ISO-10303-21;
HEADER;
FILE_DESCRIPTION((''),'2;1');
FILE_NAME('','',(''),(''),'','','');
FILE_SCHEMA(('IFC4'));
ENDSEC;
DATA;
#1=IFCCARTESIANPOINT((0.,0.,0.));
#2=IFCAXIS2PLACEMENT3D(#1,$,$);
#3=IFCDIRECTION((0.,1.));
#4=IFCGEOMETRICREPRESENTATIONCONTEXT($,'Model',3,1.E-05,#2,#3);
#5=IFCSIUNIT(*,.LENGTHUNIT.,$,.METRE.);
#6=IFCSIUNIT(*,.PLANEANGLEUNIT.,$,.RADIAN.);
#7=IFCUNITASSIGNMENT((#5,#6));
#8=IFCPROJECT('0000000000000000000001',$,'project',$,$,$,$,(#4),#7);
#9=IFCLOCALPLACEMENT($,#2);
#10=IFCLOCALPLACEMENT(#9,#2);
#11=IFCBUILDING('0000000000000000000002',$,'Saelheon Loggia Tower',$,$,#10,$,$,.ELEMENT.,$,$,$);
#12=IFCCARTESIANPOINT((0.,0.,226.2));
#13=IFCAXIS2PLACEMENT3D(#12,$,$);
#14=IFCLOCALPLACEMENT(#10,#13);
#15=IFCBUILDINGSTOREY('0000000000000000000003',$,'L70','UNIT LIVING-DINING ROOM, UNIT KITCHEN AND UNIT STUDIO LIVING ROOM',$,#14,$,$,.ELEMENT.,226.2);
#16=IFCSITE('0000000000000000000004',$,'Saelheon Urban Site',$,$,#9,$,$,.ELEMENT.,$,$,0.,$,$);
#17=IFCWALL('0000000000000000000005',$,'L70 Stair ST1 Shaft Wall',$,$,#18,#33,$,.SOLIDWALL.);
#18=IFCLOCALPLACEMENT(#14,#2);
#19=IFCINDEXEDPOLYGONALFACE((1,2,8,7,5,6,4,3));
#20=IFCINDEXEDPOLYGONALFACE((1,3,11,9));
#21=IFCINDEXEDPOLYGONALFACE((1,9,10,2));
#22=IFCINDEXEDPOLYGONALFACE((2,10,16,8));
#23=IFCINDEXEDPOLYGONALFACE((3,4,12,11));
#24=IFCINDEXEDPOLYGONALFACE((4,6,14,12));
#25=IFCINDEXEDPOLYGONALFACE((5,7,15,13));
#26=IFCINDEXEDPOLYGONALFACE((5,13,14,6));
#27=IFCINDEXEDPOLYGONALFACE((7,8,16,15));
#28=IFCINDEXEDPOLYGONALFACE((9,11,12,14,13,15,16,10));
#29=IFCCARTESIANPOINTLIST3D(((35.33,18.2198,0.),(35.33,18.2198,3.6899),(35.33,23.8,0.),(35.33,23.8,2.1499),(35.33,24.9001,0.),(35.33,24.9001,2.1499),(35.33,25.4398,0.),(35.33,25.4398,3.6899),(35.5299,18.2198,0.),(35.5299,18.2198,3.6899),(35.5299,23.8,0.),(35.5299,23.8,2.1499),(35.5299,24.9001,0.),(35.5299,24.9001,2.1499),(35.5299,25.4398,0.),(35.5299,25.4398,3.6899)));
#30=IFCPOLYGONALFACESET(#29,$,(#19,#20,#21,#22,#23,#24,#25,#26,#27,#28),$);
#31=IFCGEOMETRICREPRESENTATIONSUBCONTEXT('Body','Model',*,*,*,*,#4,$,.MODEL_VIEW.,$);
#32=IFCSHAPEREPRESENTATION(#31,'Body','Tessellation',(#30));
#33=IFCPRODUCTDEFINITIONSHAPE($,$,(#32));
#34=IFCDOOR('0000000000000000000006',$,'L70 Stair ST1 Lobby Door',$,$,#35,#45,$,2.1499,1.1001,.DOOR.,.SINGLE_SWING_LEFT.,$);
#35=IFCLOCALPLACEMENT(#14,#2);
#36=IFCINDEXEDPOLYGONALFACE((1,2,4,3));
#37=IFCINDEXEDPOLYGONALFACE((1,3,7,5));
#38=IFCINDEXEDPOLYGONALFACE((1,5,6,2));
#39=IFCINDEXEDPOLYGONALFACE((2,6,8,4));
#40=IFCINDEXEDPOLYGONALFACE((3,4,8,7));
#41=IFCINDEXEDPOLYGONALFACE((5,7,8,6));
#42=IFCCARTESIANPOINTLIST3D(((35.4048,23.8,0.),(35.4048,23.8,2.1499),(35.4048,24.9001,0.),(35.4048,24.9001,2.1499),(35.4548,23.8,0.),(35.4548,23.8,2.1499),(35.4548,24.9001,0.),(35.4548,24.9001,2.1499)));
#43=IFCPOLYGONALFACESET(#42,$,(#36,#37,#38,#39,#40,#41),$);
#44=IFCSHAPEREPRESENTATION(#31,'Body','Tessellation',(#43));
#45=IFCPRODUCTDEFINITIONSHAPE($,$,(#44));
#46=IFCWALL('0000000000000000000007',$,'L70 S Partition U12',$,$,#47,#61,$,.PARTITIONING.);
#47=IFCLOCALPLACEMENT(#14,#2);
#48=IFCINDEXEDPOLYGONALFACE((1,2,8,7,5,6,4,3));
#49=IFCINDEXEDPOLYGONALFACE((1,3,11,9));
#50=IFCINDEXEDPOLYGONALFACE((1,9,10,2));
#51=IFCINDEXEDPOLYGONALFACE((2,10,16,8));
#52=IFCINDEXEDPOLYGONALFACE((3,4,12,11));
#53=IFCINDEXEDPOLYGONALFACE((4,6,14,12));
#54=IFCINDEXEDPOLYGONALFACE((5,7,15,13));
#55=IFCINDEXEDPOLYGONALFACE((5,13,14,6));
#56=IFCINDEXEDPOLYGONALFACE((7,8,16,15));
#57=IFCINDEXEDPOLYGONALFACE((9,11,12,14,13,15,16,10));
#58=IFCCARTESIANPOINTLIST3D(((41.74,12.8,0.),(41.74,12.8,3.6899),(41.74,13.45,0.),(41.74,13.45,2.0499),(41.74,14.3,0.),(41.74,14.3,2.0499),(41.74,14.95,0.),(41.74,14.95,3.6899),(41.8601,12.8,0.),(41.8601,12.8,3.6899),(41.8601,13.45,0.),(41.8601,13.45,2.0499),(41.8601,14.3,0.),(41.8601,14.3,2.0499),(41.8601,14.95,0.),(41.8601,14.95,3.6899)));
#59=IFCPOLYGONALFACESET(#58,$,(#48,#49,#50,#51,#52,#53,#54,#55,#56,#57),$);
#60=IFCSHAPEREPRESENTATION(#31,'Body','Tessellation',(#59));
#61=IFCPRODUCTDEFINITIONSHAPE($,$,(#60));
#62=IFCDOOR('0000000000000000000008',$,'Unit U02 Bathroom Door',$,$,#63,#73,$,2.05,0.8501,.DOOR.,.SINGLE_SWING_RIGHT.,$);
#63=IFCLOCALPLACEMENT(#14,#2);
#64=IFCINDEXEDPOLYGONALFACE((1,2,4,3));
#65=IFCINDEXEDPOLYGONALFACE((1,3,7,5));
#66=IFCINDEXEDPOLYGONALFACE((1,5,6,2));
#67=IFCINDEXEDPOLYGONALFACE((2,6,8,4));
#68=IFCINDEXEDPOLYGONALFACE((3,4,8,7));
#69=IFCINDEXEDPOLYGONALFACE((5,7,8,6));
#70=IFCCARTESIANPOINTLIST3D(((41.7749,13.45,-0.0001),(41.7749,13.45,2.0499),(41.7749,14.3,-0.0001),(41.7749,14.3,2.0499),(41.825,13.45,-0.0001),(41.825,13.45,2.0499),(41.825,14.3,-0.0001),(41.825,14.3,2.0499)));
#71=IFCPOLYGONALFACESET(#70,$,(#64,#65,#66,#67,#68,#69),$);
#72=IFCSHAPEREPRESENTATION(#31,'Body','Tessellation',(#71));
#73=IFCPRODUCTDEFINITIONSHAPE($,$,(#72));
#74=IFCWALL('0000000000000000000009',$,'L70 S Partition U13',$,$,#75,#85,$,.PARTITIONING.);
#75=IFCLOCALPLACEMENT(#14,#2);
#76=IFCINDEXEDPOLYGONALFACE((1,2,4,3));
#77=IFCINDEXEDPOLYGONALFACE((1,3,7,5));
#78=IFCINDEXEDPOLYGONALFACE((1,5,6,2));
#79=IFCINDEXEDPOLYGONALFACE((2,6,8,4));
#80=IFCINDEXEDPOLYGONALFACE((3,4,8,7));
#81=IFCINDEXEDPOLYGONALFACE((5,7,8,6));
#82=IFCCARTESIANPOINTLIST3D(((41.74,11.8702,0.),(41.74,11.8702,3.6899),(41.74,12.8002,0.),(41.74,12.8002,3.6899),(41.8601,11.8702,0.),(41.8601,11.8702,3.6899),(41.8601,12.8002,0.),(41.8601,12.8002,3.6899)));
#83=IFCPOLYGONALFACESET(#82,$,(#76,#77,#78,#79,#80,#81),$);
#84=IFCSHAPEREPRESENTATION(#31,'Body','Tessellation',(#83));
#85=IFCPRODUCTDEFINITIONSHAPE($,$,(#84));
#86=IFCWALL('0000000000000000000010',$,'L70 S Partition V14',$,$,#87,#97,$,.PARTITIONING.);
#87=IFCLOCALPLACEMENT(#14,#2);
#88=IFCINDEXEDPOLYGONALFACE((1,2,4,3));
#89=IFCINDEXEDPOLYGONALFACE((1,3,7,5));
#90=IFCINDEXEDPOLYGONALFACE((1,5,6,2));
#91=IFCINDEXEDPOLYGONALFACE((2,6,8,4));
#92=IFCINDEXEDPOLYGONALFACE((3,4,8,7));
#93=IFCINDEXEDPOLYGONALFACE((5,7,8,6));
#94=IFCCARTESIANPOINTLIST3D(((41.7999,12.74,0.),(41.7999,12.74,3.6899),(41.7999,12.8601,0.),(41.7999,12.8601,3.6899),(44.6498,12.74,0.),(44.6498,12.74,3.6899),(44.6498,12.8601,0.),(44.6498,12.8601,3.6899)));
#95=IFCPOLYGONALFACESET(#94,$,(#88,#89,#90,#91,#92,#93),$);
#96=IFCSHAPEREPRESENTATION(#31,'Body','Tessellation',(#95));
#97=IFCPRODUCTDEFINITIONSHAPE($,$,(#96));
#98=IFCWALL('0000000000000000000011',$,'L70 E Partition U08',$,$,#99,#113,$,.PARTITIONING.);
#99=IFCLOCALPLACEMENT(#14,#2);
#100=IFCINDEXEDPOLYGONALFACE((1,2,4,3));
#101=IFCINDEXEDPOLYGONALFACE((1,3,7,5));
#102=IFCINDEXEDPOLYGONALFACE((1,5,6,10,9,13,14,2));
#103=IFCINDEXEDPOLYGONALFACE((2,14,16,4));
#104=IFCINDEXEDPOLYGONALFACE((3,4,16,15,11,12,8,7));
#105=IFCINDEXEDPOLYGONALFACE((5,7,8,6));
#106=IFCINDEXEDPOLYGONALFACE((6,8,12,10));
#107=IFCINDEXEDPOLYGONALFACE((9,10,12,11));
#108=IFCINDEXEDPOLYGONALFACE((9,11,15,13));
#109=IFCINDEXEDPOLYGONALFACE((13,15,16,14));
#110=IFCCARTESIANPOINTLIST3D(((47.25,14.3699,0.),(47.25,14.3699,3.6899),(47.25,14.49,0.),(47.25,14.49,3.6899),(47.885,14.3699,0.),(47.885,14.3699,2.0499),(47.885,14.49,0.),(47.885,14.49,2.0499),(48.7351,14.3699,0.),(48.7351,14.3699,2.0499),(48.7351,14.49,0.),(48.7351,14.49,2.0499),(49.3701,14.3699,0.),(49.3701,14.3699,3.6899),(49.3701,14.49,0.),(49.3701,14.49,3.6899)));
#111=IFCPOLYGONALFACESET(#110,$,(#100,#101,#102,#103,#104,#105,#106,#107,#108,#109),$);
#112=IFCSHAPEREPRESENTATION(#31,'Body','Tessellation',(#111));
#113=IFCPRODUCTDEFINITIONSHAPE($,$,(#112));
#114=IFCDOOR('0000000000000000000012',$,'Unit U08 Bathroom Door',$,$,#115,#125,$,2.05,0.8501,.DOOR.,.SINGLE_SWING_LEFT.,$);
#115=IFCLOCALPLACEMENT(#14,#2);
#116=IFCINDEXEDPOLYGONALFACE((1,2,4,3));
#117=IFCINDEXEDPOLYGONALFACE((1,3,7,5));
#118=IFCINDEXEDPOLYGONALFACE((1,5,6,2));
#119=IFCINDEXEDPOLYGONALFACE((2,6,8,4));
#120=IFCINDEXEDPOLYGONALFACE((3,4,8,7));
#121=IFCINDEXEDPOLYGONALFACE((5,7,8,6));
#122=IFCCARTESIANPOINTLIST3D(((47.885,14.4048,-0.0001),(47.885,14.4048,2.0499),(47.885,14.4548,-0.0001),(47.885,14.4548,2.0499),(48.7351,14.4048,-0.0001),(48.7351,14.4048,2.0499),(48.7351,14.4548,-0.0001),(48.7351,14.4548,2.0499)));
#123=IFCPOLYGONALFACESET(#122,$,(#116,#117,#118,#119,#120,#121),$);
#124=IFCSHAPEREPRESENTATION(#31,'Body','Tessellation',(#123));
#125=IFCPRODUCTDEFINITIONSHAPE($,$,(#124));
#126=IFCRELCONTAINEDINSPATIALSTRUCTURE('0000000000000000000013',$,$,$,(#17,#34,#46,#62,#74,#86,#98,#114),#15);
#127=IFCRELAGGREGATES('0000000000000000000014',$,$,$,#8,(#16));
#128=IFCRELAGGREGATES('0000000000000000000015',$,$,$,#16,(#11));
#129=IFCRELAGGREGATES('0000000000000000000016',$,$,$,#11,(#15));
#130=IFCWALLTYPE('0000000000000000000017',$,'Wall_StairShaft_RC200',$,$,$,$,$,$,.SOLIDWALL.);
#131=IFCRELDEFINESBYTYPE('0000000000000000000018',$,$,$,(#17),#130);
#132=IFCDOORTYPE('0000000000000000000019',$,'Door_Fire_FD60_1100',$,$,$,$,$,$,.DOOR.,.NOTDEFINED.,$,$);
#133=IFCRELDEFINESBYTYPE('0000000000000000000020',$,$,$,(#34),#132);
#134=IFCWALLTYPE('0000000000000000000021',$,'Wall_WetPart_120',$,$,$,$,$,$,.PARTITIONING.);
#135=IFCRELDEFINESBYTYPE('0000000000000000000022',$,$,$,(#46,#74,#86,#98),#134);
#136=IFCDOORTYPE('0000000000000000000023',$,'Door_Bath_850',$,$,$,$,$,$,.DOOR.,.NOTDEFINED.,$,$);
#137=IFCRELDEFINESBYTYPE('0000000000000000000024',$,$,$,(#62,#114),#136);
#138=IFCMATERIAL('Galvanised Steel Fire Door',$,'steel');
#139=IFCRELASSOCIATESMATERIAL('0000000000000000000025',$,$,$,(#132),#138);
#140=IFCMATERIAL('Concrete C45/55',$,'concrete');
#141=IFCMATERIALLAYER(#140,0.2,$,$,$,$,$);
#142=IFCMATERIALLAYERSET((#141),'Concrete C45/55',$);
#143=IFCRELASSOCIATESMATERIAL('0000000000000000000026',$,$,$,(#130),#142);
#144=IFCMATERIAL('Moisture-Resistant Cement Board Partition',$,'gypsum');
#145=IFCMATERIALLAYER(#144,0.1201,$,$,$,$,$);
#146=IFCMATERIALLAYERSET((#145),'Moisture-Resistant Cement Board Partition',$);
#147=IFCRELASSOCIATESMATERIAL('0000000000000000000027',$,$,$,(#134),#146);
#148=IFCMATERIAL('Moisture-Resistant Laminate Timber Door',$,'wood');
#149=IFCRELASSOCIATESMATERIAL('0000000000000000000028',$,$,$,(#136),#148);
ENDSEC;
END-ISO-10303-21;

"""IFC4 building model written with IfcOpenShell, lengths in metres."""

from ifc_helpers import new_model, si_unit, direction, frame, frame_2d, origin, place, context, subcontext, project, spatial, rectangle, extrude, source, transform, mapped, material, layer, layer_set, type_object, element, fill, save


model = new_model("IFC4")

# Units and contexts
model_context = context("Model", 3, precision=1e-05, world=origin(), true_north=direction((0.0, 1.0)))
body_context = subcontext(model_context, "Body", "Model", "MODEL_VIEW")
ifc_project = project(units=[si_unit("LENGTHUNIT", "METRE"), si_unit("PLANEANGLEUNIT", "RADIAN")], contexts=[model_context])

# Site, building, storey
site_placement = place(None, origin())
site = spatial("IfcSite", under=ifc_project, at=site_placement, Name="Saelheon Urban Site", CompositionType="ELEMENT", RefElevation=0.0)
building_placement = place(site_placement, origin())
building = spatial("IfcBuilding", under=site, at=building_placement, Name="Saelheon Loggia Tower", CompositionType="ELEMENT")
storey_placement = place(building_placement, frame((0.0, 0.0, 226.2)))
storey = spatial("IfcBuildingStorey", under=building, at=storey_placement, Name="L70", Description="UNIT LIVING-DINING ROOM, UNIT KITCHEN AND UNIT STUDIO LIVING ROOM", CompositionType="ELEMENT", Elevation=226.2)

# Shared definitions
ifc_material_1 = material(Name="Concrete C45/55", Category="concrete")

# Shared definitions
ifc_material_2 = material(Name="Galvanised Steel Fire Door", Category="steel")
door_type_1 = type_object("IfcDoorType", Name="Door_Fire_FD60_1100", OperationType="NOTDEFINED", PredefinedType="DOOR", material=ifc_material_2)
shared_shape_1 = source(origin(), body_context, "Body", "SweptSolid", [
    extrude(rectangle(XDim=1.1001, YDim=2.1499, at=frame_2d((0.55, 1.075))), frame((0.0, 0.0249, 0.0), z_axis=(0.0, -1.0, 0.0), x_axis=(1.0, 0.0, 0.0)), (0.0, 0.0, 1.0), 0.05),
])

# Walls, openings, doors
ifc_layer_1 = layer(ifc_material_1, 0.2)
ifc_layer_set_1 = layer_set([ifc_layer_1], Name="Concrete C45/55")
wall_type_1 = type_object("IfcWallType", Name="Wall_StairShaft_RC200", PredefinedType="SOLIDWALL", material=ifc_layer_set_1)
wall_1_placement = place(storey_placement, frame((35.4299, 18.22, 0.0), z_axis=(0.0, 0.0, 1.0), x_axis=(0.0, 1.0, 0.0)))
wall_1 = element("IfcWall", 1, at=wall_1_placement, inside=storey, type_object=wall_type_1, Name="L70 Stair ST1 Shaft Wall", PredefinedType="SOLIDWALL", context=body_context, shape_type="SweptSolid", body=[
    extrude(rectangle(XDim=7.22, YDim=0.2, at=frame_2d((3.6099, 0.0))), origin(), (0.0, 0.0, 1.0), 3.6899),
])
opening_1_placement = place(wall_1_placement, frame((6.6802, 0.0, 0.0), z_axis=(0.0, 0.0, 1.0), x_axis=(-1.0, 0.0, 0.0)))
opening_1 = element("IfcOpeningElement", 2, at=opening_1_placement, cuts=wall_1, PredefinedType="OPENING", context=body_context, shape_type="SweptSolid", body=[
    extrude(rectangle(XDim=1.1001, YDim=2.1499, at=frame_2d((0.55, 1.075))), frame((0.0, 0.1121, 0.0), z_axis=(0.0, -1.0, 0.0), x_axis=(1.0, 0.0, 0.0)), (0.0, 0.0, 1.0), 0.2239),
])
door_1_placement = place(opening_1_placement, origin())
door_1 = element("IfcDoor", 3, at=door_1_placement, inside=storey, type_object=door_type_1, Name="L70 Stair ST1 Lobby Door", OperationType="SINGLE_SWING_LEFT", OverallHeight=2.1499, OverallWidth=1.1001, PredefinedType="DOOR", context=body_context, shape_type="MappedRepresentation", body=[
    mapped(shared_shape_1, transform((0.0, 0.0, 0.0), scale=1.0)),
])
fill(opening_1, door_1)
ifc_material_3 = material(Name="Moisture-Resistant Cement Board Partition", Category="gypsum")
ifc_layer_2 = layer(ifc_material_3, 0.1201)
ifc_layer_set_2 = layer_set([ifc_layer_2], Name="Moisture-Resistant Cement Board Partition")
wall_type_2 = type_object("IfcWallType", Name="Wall_WetPart_120", PredefinedType="PARTITIONING", material=ifc_layer_set_2)
wall_2_placement = place(storey_placement, frame((41.8, 14.95, 0.0), z_axis=(0.0, 0.0, 1.0), x_axis=(0.0, -1.0, 0.0)))
wall_2 = element("IfcWall", 4, at=wall_2_placement, inside=storey, type_object=wall_type_2, Name="L70 S Partition U12", PredefinedType="PARTITIONING", context=body_context, shape_type="SweptSolid", body=[
    extrude(rectangle(XDim=2.1499, YDim=0.1201, at=frame_2d((1.075, 0.0))), origin(), (0.0, 0.0, 1.0), 3.6899),
])
opening_2_placement = place(wall_2_placement, frame((0.6499, 0.0, 0.0)))
opening_2 = element("IfcOpeningElement", 5, at=opening_2_placement, cuts=wall_2, PredefinedType="OPENING", context=body_context, shape_type="SweptSolid", body=[
    extrude(rectangle(XDim=0.8501, YDim=2.05, at=frame_2d((0.425, 1.0249))), frame((0.0, 0.072, 0.0), z_axis=(0.0, -1.0, 0.0), x_axis=(1.0, 0.0, 0.0)), (0.0, 0.0, 1.0), 0.144),
])
ifc_material_4 = material(Name="Moisture-Resistant Laminate Timber Door", Category="wood")
door_type_2 = type_object("IfcDoorType", Name="Door_Bath_850", OperationType="NOTDEFINED", PredefinedType="DOOR", material=ifc_material_4)
shared_shape_2 = source(origin(), body_context, "Body", "SweptSolid", [
    extrude(rectangle(XDim=0.8501, YDim=2.05, at=frame_2d((0.425, 1.0249))), frame((0.0, 0.0249, 0.0), z_axis=(0.0, -1.0, 0.0), x_axis=(1.0, 0.0, 0.0)), (0.0, 0.0, 1.0), 0.05),
])
door_2_placement = place(opening_2_placement, origin())
door_2 = element("IfcDoor", 6, at=door_2_placement, inside=storey, type_object=door_type_2, Name="Unit U02 Bathroom Door", OperationType="SINGLE_SWING_RIGHT", OverallHeight=2.05, OverallWidth=0.8501, PredefinedType="DOOR", context=body_context, shape_type="MappedRepresentation", body=[
    mapped(shared_shape_2, transform((0.0, 0.0, 0.0), scale=1.0)),
])
fill(opening_2, door_2)

# Walls
wall_3_placement = place(storey_placement, frame((41.8, 12.8, 0.0), z_axis=(0.0, 0.0, 1.0), x_axis=(0.0, -1.0, 0.0)))
element("IfcWall", 7, at=wall_3_placement, inside=storey, type_object=wall_type_2, Name="L70 S Partition U13", PredefinedType="PARTITIONING", context=body_context, shape_type="SweptSolid", body=[
    extrude(rectangle(XDim=0.9299, YDim=0.1201, at=frame_2d((0.4648, 0.0))), origin(), (0.0, 0.0, 1.0), 3.6899),
])
wall_4_placement = place(storey_placement, frame((41.8, 12.8, 0.0), z_axis=(0.0, 0.0, 1.0), x_axis=(1.0, 0.0, 0.0)))
element("IfcWall", 8, at=wall_4_placement, inside=storey, type_object=wall_type_2, Name="L70 S Partition V14", PredefinedType="PARTITIONING", context=body_context, shape_type="SweptSolid", body=[
    extrude(rectangle(XDim=2.8499, YDim=0.1201, at=frame_2d((1.4248, 0.0))), origin(), (0.0, 0.0, 1.0), 3.6899),
])

# Wall, opening, door
wall_5_placement = place(storey_placement, frame((47.25, 14.4299, 0.0), z_axis=(0.0, 0.0, 1.0), x_axis=(1.0, 0.0, 0.0)))
wall_5 = element("IfcWall", 9, at=wall_5_placement, inside=storey, type_object=wall_type_2, Name="L70 E Partition U08", PredefinedType="PARTITIONING", context=body_context, shape_type="SweptSolid", body=[
    extrude(rectangle(XDim=2.1201, YDim=0.1201, at=frame_2d((1.0601, 0.0))), origin(), (0.0, 0.0, 1.0), 3.6899),
])
opening_3_placement = place(wall_5_placement, frame((0.635, 0.0, 0.0)))
opening_3 = element("IfcOpeningElement", 10, at=opening_3_placement, cuts=wall_5, PredefinedType="OPENING", context=body_context, shape_type="SweptSolid", body=[
    extrude(rectangle(XDim=0.8501, YDim=2.05, at=frame_2d((0.425, 1.0249))), frame((0.0, 0.072, 0.0), z_axis=(0.0, -1.0, 0.0), x_axis=(1.0, 0.0, 0.0)), (0.0, 0.0, 1.0), 0.144),
])
door_3_placement = place(opening_3_placement, origin())
door_3 = element("IfcDoor", 11, at=door_3_placement, inside=storey, type_object=door_type_2, Name="Unit U08 Bathroom Door", OperationType="SINGLE_SWING_LEFT", OverallHeight=2.05, OverallWidth=0.8501, PredefinedType="DOOR", context=body_context, shape_type="MappedRepresentation", body=[
    mapped(shared_shape_2, transform((0.0, 0.0, 0.0), scale=1.0)),
])
fill(opening_3, door_3)

save(model, "model.ifc")
